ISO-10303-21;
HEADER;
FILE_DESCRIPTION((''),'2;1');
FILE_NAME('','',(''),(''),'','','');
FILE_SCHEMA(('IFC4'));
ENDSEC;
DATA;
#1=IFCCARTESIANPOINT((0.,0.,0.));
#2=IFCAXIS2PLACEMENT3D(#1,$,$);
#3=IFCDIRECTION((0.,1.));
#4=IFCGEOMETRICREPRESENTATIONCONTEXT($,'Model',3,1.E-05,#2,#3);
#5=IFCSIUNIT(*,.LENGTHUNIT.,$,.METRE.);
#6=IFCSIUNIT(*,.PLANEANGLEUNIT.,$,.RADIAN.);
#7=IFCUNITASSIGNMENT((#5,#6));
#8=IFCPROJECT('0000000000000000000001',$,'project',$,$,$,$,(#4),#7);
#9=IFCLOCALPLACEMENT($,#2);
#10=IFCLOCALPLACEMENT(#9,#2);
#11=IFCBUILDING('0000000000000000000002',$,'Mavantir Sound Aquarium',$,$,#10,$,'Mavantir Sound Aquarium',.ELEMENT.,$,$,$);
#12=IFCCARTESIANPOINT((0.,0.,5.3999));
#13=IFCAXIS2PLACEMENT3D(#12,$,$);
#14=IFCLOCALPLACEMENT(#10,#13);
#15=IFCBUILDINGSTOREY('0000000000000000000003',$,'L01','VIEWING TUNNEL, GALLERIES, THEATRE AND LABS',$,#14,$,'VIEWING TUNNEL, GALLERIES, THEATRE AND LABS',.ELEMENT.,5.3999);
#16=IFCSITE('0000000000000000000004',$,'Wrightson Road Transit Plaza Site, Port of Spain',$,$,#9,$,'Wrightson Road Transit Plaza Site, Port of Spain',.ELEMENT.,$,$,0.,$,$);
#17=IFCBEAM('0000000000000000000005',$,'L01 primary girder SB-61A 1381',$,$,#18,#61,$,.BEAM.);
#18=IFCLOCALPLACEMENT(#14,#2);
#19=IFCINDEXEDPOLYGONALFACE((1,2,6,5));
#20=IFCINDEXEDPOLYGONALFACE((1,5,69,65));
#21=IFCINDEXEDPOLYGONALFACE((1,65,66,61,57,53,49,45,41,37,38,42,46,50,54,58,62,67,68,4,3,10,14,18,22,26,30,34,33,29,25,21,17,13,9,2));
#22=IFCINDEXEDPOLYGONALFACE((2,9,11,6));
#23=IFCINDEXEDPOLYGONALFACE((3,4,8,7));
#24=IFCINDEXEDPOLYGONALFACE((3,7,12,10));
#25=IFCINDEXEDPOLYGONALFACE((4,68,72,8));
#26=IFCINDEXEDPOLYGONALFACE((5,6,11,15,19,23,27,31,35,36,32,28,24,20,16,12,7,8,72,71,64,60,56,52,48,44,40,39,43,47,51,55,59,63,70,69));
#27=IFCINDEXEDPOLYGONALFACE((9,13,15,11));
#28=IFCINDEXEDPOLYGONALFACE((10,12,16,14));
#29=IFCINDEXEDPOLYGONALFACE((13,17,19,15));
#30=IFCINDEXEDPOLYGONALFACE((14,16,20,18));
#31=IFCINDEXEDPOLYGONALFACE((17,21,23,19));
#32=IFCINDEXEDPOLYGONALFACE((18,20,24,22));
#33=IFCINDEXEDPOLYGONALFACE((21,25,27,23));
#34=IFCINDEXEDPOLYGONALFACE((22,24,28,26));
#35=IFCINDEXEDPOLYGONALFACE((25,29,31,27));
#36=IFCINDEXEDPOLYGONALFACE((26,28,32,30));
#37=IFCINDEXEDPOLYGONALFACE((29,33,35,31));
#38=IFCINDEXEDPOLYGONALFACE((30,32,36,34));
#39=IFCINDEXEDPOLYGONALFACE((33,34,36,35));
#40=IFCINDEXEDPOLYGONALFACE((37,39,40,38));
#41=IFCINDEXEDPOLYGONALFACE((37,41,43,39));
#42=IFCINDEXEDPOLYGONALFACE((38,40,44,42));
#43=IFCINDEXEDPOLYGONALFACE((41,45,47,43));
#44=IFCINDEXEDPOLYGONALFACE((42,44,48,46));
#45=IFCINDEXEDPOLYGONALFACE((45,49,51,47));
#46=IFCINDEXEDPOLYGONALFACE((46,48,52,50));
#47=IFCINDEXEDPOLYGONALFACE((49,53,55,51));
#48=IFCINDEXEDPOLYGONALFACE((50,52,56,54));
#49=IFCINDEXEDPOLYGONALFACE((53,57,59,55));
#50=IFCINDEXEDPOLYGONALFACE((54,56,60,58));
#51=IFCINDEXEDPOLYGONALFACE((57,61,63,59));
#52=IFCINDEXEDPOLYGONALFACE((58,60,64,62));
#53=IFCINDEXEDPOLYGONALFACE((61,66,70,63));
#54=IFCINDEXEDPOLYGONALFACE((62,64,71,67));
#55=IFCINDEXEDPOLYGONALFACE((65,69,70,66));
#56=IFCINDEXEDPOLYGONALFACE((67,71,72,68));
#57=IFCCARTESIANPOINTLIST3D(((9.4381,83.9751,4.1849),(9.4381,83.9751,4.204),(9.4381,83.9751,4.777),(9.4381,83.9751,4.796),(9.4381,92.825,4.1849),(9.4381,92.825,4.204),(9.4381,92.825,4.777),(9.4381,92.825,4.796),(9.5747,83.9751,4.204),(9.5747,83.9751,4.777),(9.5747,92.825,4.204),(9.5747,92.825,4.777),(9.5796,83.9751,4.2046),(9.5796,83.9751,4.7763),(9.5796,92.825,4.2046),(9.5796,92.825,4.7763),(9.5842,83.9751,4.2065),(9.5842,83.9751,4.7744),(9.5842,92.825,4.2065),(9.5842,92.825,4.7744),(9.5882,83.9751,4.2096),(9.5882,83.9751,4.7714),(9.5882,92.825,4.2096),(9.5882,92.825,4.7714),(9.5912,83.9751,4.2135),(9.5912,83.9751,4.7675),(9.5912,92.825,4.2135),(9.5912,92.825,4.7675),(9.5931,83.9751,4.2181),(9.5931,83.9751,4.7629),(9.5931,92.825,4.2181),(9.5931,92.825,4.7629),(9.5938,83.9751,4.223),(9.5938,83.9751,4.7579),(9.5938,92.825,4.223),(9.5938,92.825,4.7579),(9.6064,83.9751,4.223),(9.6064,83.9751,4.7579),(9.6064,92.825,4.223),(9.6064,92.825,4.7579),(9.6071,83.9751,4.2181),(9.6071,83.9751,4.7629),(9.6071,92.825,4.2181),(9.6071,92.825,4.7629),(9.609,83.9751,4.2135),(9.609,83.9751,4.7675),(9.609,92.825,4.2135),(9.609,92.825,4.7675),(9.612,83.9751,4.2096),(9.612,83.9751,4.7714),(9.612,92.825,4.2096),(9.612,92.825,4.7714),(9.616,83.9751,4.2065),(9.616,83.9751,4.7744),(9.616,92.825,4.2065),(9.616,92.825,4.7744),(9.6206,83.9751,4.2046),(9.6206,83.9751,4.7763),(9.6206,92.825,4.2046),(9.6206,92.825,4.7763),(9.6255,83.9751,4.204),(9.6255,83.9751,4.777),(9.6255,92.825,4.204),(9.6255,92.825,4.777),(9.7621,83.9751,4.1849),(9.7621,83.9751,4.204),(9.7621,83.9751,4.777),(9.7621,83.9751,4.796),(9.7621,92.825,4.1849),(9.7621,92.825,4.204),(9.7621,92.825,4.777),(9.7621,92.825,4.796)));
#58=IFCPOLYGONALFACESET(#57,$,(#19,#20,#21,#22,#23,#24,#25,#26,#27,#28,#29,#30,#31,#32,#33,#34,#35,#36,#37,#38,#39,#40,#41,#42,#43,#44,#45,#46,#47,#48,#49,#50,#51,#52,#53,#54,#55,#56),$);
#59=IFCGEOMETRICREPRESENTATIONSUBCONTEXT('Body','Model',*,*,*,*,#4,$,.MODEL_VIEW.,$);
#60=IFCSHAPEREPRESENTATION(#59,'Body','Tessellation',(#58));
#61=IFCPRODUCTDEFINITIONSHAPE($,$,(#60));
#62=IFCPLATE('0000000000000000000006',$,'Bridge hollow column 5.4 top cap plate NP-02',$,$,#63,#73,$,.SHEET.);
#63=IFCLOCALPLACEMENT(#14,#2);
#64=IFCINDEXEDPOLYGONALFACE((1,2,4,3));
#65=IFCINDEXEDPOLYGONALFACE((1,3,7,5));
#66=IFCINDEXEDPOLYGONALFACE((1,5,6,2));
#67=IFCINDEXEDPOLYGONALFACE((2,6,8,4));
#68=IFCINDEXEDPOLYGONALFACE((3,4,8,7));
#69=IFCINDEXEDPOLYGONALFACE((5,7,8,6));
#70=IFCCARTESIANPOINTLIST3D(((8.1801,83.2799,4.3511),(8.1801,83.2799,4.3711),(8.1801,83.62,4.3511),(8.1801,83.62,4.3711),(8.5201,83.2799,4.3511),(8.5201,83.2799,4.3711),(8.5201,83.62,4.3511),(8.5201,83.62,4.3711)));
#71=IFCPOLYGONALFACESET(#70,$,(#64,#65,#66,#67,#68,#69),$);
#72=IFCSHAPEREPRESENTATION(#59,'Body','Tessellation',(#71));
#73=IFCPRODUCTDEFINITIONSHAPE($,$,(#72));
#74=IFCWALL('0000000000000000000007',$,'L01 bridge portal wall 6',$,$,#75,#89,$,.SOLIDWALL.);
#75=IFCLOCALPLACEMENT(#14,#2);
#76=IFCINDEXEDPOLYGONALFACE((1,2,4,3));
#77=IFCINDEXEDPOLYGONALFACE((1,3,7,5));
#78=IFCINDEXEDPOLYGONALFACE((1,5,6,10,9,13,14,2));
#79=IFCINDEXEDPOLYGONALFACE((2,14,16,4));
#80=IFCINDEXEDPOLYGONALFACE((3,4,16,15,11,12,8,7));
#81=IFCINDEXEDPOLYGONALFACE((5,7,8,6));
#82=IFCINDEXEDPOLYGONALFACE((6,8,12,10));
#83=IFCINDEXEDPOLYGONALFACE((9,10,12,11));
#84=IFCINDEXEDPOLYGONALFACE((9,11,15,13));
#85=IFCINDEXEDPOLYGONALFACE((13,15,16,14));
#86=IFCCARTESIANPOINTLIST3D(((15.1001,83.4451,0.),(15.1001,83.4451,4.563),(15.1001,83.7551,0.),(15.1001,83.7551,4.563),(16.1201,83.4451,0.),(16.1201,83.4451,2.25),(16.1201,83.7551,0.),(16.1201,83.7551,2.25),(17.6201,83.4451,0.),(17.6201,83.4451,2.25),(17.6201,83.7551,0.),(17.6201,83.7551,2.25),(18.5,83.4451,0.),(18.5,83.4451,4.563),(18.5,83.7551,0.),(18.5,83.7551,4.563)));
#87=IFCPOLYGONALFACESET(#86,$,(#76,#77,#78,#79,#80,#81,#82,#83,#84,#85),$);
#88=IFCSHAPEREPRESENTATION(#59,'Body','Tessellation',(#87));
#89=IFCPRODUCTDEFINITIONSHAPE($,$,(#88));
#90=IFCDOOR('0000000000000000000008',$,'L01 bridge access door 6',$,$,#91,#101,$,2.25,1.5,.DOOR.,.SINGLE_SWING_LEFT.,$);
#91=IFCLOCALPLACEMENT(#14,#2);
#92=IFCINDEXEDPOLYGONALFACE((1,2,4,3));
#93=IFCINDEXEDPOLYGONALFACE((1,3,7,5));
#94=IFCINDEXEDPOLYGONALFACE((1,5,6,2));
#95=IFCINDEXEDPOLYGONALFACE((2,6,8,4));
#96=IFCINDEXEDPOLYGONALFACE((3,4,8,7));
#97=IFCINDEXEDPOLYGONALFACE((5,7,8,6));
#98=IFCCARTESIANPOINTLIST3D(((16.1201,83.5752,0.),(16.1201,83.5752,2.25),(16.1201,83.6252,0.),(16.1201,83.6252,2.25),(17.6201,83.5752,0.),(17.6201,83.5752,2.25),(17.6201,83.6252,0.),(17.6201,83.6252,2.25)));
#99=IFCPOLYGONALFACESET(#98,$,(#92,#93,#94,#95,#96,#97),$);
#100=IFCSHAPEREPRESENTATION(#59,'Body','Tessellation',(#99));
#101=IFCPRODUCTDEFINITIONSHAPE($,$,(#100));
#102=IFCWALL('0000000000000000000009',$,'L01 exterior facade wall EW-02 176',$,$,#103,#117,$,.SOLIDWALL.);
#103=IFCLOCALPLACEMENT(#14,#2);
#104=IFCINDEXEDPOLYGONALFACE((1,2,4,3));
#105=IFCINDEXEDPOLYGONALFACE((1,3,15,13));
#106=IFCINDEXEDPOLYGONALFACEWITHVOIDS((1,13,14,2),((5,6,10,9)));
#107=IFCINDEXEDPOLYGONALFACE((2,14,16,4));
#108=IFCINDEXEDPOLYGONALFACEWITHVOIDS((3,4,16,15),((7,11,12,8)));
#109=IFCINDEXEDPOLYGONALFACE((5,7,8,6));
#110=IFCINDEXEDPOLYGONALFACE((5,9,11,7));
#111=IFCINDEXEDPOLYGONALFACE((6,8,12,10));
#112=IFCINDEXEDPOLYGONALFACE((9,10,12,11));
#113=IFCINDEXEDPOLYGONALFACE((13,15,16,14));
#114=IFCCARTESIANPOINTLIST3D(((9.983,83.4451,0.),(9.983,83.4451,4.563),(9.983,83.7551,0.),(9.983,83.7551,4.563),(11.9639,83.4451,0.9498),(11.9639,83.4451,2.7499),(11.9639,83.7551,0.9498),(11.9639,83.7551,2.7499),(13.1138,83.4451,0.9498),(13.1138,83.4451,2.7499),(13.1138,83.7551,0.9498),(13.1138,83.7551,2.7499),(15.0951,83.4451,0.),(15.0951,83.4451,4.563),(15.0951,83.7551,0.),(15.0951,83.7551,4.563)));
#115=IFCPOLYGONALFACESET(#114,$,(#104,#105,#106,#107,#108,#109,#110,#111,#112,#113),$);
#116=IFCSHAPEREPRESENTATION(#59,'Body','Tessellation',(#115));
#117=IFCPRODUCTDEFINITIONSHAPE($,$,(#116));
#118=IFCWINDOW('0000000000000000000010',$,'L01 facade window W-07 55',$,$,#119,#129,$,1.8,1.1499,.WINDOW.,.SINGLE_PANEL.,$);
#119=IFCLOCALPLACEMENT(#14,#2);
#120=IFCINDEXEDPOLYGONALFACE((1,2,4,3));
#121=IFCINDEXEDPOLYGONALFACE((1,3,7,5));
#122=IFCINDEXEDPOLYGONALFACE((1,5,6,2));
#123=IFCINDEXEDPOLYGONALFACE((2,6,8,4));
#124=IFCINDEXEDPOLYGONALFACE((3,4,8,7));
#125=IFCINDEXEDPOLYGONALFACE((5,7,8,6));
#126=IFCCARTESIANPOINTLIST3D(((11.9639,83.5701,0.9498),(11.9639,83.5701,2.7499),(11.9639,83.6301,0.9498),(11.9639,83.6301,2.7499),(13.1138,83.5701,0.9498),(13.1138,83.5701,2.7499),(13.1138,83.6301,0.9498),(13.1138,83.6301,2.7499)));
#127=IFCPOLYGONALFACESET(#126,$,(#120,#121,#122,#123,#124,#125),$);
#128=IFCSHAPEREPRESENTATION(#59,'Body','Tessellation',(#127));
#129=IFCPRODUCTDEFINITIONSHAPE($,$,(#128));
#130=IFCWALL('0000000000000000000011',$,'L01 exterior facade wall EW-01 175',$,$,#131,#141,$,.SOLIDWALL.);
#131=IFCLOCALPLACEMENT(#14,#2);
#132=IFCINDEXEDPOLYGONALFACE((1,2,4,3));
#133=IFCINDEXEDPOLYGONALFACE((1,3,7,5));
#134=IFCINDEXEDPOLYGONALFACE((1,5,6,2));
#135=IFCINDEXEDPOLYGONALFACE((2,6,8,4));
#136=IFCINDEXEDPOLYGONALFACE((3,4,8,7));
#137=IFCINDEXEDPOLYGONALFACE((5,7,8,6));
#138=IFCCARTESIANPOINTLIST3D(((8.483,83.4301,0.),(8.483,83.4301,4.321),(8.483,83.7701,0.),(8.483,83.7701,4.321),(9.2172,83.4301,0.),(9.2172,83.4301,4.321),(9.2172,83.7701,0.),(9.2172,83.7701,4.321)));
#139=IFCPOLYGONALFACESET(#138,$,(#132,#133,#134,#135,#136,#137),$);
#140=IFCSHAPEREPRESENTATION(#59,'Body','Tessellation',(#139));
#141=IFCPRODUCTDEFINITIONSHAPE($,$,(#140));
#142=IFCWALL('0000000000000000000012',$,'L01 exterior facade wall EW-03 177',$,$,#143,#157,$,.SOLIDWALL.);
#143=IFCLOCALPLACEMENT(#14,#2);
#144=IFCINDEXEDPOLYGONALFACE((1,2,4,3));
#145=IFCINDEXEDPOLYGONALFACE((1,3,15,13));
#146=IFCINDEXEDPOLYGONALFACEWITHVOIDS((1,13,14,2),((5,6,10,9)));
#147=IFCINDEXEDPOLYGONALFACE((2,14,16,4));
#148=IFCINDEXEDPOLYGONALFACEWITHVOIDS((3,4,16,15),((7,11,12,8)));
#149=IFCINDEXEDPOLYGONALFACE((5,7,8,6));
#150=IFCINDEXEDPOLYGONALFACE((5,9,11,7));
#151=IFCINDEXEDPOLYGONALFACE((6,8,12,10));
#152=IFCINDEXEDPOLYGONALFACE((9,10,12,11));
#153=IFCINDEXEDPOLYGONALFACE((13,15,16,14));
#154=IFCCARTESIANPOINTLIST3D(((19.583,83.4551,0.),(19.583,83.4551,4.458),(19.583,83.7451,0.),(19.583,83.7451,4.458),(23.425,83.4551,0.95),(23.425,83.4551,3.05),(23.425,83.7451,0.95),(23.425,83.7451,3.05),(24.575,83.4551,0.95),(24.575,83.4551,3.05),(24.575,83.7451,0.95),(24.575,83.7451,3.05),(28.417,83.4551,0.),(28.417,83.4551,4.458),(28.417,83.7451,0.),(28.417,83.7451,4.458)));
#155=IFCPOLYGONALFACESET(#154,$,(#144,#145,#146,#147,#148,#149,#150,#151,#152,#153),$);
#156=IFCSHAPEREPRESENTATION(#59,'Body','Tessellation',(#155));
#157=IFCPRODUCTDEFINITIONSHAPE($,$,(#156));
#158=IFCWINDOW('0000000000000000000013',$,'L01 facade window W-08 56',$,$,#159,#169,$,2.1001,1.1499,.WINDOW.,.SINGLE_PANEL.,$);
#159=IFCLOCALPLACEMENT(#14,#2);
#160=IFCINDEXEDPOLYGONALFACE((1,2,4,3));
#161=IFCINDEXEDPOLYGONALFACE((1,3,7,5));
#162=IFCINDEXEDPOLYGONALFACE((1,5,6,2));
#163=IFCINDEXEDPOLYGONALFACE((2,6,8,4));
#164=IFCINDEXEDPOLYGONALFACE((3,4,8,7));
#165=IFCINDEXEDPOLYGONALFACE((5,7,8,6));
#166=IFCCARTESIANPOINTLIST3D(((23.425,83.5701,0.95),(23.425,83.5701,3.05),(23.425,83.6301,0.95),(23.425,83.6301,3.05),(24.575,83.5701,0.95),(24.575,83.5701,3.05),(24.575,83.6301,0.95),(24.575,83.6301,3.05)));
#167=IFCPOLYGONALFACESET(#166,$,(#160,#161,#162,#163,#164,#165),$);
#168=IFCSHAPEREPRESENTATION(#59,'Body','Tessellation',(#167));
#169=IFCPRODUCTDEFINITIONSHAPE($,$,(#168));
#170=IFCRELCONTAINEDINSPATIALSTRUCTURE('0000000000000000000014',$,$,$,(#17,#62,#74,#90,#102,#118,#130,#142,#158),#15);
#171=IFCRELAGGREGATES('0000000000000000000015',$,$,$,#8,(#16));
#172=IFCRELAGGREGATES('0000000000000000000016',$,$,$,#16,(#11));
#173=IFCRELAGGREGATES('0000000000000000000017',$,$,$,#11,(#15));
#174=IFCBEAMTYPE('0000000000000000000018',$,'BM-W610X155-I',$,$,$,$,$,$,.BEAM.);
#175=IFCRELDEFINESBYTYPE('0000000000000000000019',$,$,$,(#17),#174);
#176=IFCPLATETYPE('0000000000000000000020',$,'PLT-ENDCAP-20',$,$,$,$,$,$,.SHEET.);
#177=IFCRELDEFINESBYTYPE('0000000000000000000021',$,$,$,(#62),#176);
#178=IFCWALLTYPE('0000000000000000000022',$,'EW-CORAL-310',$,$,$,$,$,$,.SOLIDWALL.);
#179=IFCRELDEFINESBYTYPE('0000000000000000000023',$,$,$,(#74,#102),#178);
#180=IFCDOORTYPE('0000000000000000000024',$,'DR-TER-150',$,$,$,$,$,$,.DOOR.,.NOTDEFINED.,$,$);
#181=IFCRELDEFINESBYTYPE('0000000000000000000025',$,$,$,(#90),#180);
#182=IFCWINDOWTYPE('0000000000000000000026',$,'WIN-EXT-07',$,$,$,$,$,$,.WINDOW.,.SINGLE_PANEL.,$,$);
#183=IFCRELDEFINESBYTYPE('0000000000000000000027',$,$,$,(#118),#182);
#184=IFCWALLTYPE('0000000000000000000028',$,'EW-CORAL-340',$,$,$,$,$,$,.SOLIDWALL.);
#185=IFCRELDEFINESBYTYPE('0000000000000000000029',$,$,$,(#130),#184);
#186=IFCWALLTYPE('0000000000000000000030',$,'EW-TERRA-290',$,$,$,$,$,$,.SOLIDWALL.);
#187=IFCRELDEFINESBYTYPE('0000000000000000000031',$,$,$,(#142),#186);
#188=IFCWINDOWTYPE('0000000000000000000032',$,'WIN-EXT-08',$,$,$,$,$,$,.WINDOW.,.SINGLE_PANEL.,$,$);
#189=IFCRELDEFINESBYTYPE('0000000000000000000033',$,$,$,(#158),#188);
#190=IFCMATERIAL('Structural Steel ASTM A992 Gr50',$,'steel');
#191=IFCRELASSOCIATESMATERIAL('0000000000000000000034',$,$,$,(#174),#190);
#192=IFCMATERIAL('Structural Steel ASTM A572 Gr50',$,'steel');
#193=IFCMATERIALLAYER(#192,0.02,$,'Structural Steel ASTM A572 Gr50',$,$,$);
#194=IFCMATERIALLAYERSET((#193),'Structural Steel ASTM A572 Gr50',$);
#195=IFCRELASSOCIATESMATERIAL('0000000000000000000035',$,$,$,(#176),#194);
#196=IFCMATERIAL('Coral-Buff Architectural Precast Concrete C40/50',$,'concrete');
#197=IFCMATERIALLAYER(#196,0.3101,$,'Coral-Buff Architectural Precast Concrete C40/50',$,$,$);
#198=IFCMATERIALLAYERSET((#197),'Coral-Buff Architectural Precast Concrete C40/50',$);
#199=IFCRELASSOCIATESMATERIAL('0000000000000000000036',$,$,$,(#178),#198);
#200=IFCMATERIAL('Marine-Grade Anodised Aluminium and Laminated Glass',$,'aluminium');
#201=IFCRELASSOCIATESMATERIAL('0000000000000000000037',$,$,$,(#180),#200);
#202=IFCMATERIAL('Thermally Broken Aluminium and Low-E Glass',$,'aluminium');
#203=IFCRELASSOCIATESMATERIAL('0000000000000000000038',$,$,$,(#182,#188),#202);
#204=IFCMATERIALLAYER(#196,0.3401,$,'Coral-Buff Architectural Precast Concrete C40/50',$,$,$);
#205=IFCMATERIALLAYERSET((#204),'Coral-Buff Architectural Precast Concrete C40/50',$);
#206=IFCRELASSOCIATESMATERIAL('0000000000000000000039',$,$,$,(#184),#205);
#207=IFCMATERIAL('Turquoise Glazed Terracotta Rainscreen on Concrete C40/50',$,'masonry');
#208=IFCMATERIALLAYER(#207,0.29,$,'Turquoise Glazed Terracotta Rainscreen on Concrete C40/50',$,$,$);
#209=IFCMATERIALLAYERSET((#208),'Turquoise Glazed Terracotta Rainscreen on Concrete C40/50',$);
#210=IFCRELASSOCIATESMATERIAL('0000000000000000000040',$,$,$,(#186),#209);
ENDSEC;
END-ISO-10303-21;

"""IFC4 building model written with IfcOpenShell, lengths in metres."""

from ifc_helpers import new_model, si_unit, direction, frame, frame_2d, origin, origin_2d, place, context, subcontext, project, spatial, rectangle, i_section, extrude, material, layer, layer_set, material_profile, profile_set, type_object, element, fill, save


model = new_model("IFC4")

# Units and contexts
model_context = context("Model", 3, precision=1e-05, world=origin(), true_north=direction((0.0, 1.0)))
body_context = subcontext(model_context, "Body", "Model", "MODEL_VIEW")
ifc_project = project(units=[si_unit("LENGTHUNIT", "METRE"), si_unit("PLANEANGLEUNIT", "RADIAN")], contexts=[model_context])

# Site, building, storey
site_placement = place(None, origin())
site = spatial("IfcSite", under=ifc_project, at=site_placement, Name="Wrightson Road Transit Plaza Site, Port of Spain", LongName="Wrightson Road Transit Plaza Site, Port of Spain", CompositionType="ELEMENT", RefElevation=0.0)
building_placement = place(site_placement, origin())
building = spatial("IfcBuilding", under=site, at=building_placement, Name="Mavantir Sound Aquarium", LongName="Mavantir Sound Aquarium", CompositionType="ELEMENT")
storey_placement = place(building_placement, frame((0.0, 0.0, 5.3999)))
storey = spatial("IfcBuildingStorey", under=building, at=storey_placement, Name="L01", Description="VIEWING TUNNEL, GALLERIES, THEATRE AND LABS", LongName="VIEWING TUNNEL, GALLERIES, THEATRE AND LABS", CompositionType="ELEMENT", Elevation=5.3999)

# Beam
ifc_material_1 = material(Name="Structural Steel ASTM A992 Gr50", Category="steel")
ifc_material_profile_1 = material_profile(ifc_material_1, i_section(OverallWidth=0.324, OverallDepth=0.6111, WebThickness=0.0127, FlangeThickness=0.019, FilletRadius=0.019, at=origin_2d()), Name="W610X155")
ifc_profile_set_1 = profile_set([ifc_material_profile_1], Name="Structural Steel ASTM A992 Gr50")
beam_type_1 = type_object("IfcBeamType", Name="BM-W610X155-I", PredefinedType="BEAM", material=ifc_profile_set_1)
beam_1_placement = place(storey_placement, frame((9.6001, 83.9751, 4.4905), z_axis=(0.0, 1.0, 0.0), x_axis=(-1.0, 0.0, 0.0)))
element("IfcBeam", 1, at=beam_1_placement, inside=storey, type_object=beam_type_1, Name="L01 primary girder SB-61A 1381", PredefinedType="BEAM", context=body_context, shape_type="SweptSolid", body=[
    extrude(i_section(OverallWidth=0.324, OverallDepth=0.6111, WebThickness=0.0127, FlangeThickness=0.019, FilletRadius=0.019, at=origin_2d()), origin(), (0.0, 0.0, 1.0), 8.8499),
])

# Plate
ifc_material_2 = material(Name="Structural Steel ASTM A572 Gr50", Category="steel")
ifc_layer_1 = layer(ifc_material_2, 0.02, Name="Structural Steel ASTM A572 Gr50")
ifc_layer_set_1 = layer_set([ifc_layer_1], Name="Structural Steel ASTM A572 Gr50")
plate_type = type_object("IfcPlateType", Name="PLT-ENDCAP-20", PredefinedType="SHEET", material=ifc_layer_set_1)
plate_placement = place(storey_placement, frame((8.3501, 83.45, 4.3511), z_axis=(0.0, 0.0, 1.0), x_axis=(1.0, 0.0, 0.0)))
element("IfcPlate", 2, at=plate_placement, inside=storey, type_object=plate_type, Name="Bridge hollow column 5.4 top cap plate NP-02", PredefinedType="SHEET", context=body_context, shape_type="SweptSolid", body=[
    extrude(rectangle(XDim=0.3401, YDim=0.3401, at=origin_2d()), origin(), (0.0, 0.0, 1.0), 0.02),
])

# Wall, opening, door
ifc_material_3 = material(Name="Coral-Buff Architectural Precast Concrete C40/50", Category="concrete")
ifc_layer_2 = layer(ifc_material_3, 0.3101, Name="Coral-Buff Architectural Precast Concrete C40/50")
ifc_layer_set_2 = layer_set([ifc_layer_2], Name="Coral-Buff Architectural Precast Concrete C40/50")
wall_type_1 = type_object("IfcWallType", Name="EW-CORAL-310", PredefinedType="SOLIDWALL", material=ifc_layer_set_2)
wall_1_placement = place(storey_placement, frame((15.1001, 83.6001, 0.0), z_axis=(0.0, 0.0, 1.0), x_axis=(1.0, 0.0, 0.0)))
wall_1 = element("IfcWall", 3, at=wall_1_placement, inside=storey, type_object=wall_type_1, Name="L01 bridge portal wall 6", PredefinedType="SOLIDWALL", context=body_context, shape_type="SweptSolid", body=[
    extrude(rectangle(XDim=3.3999, YDim=0.3101, at=frame_2d((1.7, 0.0))), origin(), (0.0, 0.0, 1.0), 4.563),
])
opening_1_placement = place(wall_1_placement, frame((2.52, 0.0, 0.0), z_axis=(0.0, 0.0, 1.0), x_axis=(-1.0, 0.0, 0.0)))
opening_1 = element("IfcOpeningElement", 4, at=opening_1_placement, cuts=wall_1, PredefinedType="OPENING", context=body_context, shape_type="SweptSolid", body=[
    extrude(rectangle(XDim=1.5, YDim=2.25, at=frame_2d((0.75, 1.125))), frame((0.0, 0.165, 0.0), z_axis=(0.0, -1.0, 0.0), x_axis=(1.0, 0.0, 0.0)), (0.0, 0.0, 1.0), 0.3301),
])
ifc_material_4 = material(Name="Marine-Grade Anodised Aluminium and Laminated Glass", Category="aluminium")
door_type = type_object("IfcDoorType", Name="DR-TER-150", OperationType="NOTDEFINED", PredefinedType="DOOR", material=ifc_material_4)
door_placement = place(opening_1_placement, origin())
door = element("IfcDoor", 5, at=door_placement, inside=storey, type_object=door_type, Name="L01 bridge access door 6", OperationType="SINGLE_SWING_LEFT", OverallHeight=2.25, OverallWidth=1.5, PredefinedType="DOOR", context=body_context, shape_type="SweptSolid", body=[
    extrude(rectangle(XDim=1.5, YDim=2.25, at=frame_2d((0.75, 1.125))), frame((0.0, 0.0249, 0.0), z_axis=(0.0, -1.0, 0.0), x_axis=(1.0, 0.0, 0.0)), (0.0, 0.0, 1.0), 0.05),
])
fill(opening_1, door)

# Wall, opening, window
wall_2_placement = place(storey_placement, frame((9.9829, 83.6001, 0.0), z_axis=(0.0, 0.0, 1.0), x_axis=(1.0, 0.0, 0.0)))
wall_2 = element("IfcWall", 6, at=wall_2_placement, inside=storey, type_object=wall_type_1, Name="L01 exterior facade wall EW-02 176", PredefinedType="SOLIDWALL", context=body_context, shape_type="SweptSolid", body=[
    extrude(rectangle(XDim=5.1121, YDim=0.3101, at=frame_2d((2.5562, 0.0))), origin(), (0.0, 0.0, 1.0), 4.563),
])
opening_2_placement = place(wall_2_placement, frame((1.981, 0.0, 0.95)))
opening_2 = element("IfcOpeningElement", 7, at=opening_2_placement, cuts=wall_2, PredefinedType="OPENING", context=body_context, shape_type="SweptSolid", body=[
    extrude(rectangle(XDim=1.1499, YDim=1.8, at=frame_2d((0.575, 0.8999))), frame((0.0, 0.165, 0.0), z_axis=(0.0, -1.0, 0.0), x_axis=(1.0, 0.0, 0.0)), (0.0, 0.0, 1.0), 0.3301),
])
ifc_material_5 = material(Name="Thermally Broken Aluminium and Low-E Glass", Category="aluminium")
window_type_1 = type_object("IfcWindowType", Name="WIN-EXT-07", PartitioningType="SINGLE_PANEL", PredefinedType="WINDOW", material=ifc_material_5)
window_1_placement = place(opening_2_placement, origin())
window_1 = element("IfcWindow", 8, at=window_1_placement, inside=storey, type_object=window_type_1, Name="L01 facade window W-07 55", OverallHeight=1.8, OverallWidth=1.1499, PartitioningType="SINGLE_PANEL", PredefinedType="WINDOW", context=body_context, shape_type="SweptSolid", body=[
    extrude(rectangle(XDim=1.1499, YDim=1.8, at=frame_2d((0.575, 0.8999))), frame((0.0, 0.03, 0.0), z_axis=(0.0, -1.0, 0.0), x_axis=(1.0, 0.0, 0.0)), (0.0, 0.0, 1.0), 0.0601),
])
fill(opening_2, window_1)

# Wall
ifc_layer_3 = layer(ifc_material_3, 0.3401, Name="Coral-Buff Architectural Precast Concrete C40/50")
ifc_layer_set_3 = layer_set([ifc_layer_3], Name="Coral-Buff Architectural Precast Concrete C40/50")
wall_type_2 = type_object("IfcWallType", Name="EW-CORAL-340", PredefinedType="SOLIDWALL", material=ifc_layer_set_3)
wall_3_placement = place(storey_placement, frame((8.4829, 83.6001, 0.0), z_axis=(0.0, 0.0, 1.0), x_axis=(1.0, 0.0, 0.0)))
element("IfcWall", 9, at=wall_3_placement, inside=storey, type_object=wall_type_2, Name="L01 exterior facade wall EW-01 175", PredefinedType="SOLIDWALL", context=body_context, shape_type="SweptSolid", body=[
    extrude(rectangle(XDim=0.7341, YDim=0.3401, at=frame_2d((0.3672, 0.0))), origin(), (0.0, 0.0, 1.0), 4.321),
])

# Wall, opening, window
ifc_material_6 = material(Name="Turquoise Glazed Terracotta Rainscreen on Concrete C40/50", Category="masonry")
ifc_layer_4 = layer(ifc_material_6, 0.29, Name="Turquoise Glazed Terracotta Rainscreen on Concrete C40/50")
ifc_layer_set_4 = layer_set([ifc_layer_4], Name="Turquoise Glazed Terracotta Rainscreen on Concrete C40/50")
wall_type_3 = type_object("IfcWallType", Name="EW-TERRA-290", PredefinedType="SOLIDWALL", material=ifc_layer_set_4)
wall_4_placement = place(storey_placement, frame((19.583, 83.6001, 0.0), z_axis=(0.0, 0.0, 1.0), x_axis=(1.0, 0.0, 0.0)))
wall_4 = element("IfcWall", 10, at=wall_4_placement, inside=storey, type_object=wall_type_3, Name="L01 exterior facade wall EW-03 177", PredefinedType="SOLIDWALL", context=body_context, shape_type="SweptSolid", body=[
    extrude(rectangle(XDim=8.834, YDim=0.29, at=frame_2d((4.417, 0.0))), origin(), (0.0, 0.0, 1.0), 4.458),
])
opening_3_placement = place(wall_4_placement, frame((3.842, 0.0, 0.95)))
opening_3 = element("IfcOpeningElement", 11, at=opening_3_placement, cuts=wall_4, PredefinedType="OPENING", context=body_context, shape_type="SweptSolid", body=[
    extrude(rectangle(XDim=1.1499, YDim=2.1001, at=frame_2d((0.575, 1.05))), frame((0.0, 0.155, 0.0), z_axis=(0.0, -1.0, 0.0), x_axis=(1.0, 0.0, 0.0)), (0.0, 0.0, 1.0), 0.3101),
])
window_type_2 = type_object("IfcWindowType", Name="WIN-EXT-08", PartitioningType="SINGLE_PANEL", PredefinedType="WINDOW", material=ifc_material_5)
window_2_placement = place(opening_3_placement, origin())
window_2 = element("IfcWindow", 12, at=window_2_placement, inside=storey, type_object=window_type_2, Name="L01 facade window W-08 56", OverallHeight=2.1001, OverallWidth=1.1499, PartitioningType="SINGLE_PANEL", PredefinedType="WINDOW", context=body_context, shape_type="SweptSolid", body=[
    extrude(rectangle(XDim=1.1499, YDim=2.1001, at=frame_2d((0.575, 1.05))), frame((0.0, 0.03, 0.0), z_axis=(0.0, -1.0, 0.0), x_axis=(1.0, 0.0, 0.0)), (0.0, 0.0, 1.0), 0.0601),
])
fill(opening_3, window_2)

save(model, "model.ifc")
